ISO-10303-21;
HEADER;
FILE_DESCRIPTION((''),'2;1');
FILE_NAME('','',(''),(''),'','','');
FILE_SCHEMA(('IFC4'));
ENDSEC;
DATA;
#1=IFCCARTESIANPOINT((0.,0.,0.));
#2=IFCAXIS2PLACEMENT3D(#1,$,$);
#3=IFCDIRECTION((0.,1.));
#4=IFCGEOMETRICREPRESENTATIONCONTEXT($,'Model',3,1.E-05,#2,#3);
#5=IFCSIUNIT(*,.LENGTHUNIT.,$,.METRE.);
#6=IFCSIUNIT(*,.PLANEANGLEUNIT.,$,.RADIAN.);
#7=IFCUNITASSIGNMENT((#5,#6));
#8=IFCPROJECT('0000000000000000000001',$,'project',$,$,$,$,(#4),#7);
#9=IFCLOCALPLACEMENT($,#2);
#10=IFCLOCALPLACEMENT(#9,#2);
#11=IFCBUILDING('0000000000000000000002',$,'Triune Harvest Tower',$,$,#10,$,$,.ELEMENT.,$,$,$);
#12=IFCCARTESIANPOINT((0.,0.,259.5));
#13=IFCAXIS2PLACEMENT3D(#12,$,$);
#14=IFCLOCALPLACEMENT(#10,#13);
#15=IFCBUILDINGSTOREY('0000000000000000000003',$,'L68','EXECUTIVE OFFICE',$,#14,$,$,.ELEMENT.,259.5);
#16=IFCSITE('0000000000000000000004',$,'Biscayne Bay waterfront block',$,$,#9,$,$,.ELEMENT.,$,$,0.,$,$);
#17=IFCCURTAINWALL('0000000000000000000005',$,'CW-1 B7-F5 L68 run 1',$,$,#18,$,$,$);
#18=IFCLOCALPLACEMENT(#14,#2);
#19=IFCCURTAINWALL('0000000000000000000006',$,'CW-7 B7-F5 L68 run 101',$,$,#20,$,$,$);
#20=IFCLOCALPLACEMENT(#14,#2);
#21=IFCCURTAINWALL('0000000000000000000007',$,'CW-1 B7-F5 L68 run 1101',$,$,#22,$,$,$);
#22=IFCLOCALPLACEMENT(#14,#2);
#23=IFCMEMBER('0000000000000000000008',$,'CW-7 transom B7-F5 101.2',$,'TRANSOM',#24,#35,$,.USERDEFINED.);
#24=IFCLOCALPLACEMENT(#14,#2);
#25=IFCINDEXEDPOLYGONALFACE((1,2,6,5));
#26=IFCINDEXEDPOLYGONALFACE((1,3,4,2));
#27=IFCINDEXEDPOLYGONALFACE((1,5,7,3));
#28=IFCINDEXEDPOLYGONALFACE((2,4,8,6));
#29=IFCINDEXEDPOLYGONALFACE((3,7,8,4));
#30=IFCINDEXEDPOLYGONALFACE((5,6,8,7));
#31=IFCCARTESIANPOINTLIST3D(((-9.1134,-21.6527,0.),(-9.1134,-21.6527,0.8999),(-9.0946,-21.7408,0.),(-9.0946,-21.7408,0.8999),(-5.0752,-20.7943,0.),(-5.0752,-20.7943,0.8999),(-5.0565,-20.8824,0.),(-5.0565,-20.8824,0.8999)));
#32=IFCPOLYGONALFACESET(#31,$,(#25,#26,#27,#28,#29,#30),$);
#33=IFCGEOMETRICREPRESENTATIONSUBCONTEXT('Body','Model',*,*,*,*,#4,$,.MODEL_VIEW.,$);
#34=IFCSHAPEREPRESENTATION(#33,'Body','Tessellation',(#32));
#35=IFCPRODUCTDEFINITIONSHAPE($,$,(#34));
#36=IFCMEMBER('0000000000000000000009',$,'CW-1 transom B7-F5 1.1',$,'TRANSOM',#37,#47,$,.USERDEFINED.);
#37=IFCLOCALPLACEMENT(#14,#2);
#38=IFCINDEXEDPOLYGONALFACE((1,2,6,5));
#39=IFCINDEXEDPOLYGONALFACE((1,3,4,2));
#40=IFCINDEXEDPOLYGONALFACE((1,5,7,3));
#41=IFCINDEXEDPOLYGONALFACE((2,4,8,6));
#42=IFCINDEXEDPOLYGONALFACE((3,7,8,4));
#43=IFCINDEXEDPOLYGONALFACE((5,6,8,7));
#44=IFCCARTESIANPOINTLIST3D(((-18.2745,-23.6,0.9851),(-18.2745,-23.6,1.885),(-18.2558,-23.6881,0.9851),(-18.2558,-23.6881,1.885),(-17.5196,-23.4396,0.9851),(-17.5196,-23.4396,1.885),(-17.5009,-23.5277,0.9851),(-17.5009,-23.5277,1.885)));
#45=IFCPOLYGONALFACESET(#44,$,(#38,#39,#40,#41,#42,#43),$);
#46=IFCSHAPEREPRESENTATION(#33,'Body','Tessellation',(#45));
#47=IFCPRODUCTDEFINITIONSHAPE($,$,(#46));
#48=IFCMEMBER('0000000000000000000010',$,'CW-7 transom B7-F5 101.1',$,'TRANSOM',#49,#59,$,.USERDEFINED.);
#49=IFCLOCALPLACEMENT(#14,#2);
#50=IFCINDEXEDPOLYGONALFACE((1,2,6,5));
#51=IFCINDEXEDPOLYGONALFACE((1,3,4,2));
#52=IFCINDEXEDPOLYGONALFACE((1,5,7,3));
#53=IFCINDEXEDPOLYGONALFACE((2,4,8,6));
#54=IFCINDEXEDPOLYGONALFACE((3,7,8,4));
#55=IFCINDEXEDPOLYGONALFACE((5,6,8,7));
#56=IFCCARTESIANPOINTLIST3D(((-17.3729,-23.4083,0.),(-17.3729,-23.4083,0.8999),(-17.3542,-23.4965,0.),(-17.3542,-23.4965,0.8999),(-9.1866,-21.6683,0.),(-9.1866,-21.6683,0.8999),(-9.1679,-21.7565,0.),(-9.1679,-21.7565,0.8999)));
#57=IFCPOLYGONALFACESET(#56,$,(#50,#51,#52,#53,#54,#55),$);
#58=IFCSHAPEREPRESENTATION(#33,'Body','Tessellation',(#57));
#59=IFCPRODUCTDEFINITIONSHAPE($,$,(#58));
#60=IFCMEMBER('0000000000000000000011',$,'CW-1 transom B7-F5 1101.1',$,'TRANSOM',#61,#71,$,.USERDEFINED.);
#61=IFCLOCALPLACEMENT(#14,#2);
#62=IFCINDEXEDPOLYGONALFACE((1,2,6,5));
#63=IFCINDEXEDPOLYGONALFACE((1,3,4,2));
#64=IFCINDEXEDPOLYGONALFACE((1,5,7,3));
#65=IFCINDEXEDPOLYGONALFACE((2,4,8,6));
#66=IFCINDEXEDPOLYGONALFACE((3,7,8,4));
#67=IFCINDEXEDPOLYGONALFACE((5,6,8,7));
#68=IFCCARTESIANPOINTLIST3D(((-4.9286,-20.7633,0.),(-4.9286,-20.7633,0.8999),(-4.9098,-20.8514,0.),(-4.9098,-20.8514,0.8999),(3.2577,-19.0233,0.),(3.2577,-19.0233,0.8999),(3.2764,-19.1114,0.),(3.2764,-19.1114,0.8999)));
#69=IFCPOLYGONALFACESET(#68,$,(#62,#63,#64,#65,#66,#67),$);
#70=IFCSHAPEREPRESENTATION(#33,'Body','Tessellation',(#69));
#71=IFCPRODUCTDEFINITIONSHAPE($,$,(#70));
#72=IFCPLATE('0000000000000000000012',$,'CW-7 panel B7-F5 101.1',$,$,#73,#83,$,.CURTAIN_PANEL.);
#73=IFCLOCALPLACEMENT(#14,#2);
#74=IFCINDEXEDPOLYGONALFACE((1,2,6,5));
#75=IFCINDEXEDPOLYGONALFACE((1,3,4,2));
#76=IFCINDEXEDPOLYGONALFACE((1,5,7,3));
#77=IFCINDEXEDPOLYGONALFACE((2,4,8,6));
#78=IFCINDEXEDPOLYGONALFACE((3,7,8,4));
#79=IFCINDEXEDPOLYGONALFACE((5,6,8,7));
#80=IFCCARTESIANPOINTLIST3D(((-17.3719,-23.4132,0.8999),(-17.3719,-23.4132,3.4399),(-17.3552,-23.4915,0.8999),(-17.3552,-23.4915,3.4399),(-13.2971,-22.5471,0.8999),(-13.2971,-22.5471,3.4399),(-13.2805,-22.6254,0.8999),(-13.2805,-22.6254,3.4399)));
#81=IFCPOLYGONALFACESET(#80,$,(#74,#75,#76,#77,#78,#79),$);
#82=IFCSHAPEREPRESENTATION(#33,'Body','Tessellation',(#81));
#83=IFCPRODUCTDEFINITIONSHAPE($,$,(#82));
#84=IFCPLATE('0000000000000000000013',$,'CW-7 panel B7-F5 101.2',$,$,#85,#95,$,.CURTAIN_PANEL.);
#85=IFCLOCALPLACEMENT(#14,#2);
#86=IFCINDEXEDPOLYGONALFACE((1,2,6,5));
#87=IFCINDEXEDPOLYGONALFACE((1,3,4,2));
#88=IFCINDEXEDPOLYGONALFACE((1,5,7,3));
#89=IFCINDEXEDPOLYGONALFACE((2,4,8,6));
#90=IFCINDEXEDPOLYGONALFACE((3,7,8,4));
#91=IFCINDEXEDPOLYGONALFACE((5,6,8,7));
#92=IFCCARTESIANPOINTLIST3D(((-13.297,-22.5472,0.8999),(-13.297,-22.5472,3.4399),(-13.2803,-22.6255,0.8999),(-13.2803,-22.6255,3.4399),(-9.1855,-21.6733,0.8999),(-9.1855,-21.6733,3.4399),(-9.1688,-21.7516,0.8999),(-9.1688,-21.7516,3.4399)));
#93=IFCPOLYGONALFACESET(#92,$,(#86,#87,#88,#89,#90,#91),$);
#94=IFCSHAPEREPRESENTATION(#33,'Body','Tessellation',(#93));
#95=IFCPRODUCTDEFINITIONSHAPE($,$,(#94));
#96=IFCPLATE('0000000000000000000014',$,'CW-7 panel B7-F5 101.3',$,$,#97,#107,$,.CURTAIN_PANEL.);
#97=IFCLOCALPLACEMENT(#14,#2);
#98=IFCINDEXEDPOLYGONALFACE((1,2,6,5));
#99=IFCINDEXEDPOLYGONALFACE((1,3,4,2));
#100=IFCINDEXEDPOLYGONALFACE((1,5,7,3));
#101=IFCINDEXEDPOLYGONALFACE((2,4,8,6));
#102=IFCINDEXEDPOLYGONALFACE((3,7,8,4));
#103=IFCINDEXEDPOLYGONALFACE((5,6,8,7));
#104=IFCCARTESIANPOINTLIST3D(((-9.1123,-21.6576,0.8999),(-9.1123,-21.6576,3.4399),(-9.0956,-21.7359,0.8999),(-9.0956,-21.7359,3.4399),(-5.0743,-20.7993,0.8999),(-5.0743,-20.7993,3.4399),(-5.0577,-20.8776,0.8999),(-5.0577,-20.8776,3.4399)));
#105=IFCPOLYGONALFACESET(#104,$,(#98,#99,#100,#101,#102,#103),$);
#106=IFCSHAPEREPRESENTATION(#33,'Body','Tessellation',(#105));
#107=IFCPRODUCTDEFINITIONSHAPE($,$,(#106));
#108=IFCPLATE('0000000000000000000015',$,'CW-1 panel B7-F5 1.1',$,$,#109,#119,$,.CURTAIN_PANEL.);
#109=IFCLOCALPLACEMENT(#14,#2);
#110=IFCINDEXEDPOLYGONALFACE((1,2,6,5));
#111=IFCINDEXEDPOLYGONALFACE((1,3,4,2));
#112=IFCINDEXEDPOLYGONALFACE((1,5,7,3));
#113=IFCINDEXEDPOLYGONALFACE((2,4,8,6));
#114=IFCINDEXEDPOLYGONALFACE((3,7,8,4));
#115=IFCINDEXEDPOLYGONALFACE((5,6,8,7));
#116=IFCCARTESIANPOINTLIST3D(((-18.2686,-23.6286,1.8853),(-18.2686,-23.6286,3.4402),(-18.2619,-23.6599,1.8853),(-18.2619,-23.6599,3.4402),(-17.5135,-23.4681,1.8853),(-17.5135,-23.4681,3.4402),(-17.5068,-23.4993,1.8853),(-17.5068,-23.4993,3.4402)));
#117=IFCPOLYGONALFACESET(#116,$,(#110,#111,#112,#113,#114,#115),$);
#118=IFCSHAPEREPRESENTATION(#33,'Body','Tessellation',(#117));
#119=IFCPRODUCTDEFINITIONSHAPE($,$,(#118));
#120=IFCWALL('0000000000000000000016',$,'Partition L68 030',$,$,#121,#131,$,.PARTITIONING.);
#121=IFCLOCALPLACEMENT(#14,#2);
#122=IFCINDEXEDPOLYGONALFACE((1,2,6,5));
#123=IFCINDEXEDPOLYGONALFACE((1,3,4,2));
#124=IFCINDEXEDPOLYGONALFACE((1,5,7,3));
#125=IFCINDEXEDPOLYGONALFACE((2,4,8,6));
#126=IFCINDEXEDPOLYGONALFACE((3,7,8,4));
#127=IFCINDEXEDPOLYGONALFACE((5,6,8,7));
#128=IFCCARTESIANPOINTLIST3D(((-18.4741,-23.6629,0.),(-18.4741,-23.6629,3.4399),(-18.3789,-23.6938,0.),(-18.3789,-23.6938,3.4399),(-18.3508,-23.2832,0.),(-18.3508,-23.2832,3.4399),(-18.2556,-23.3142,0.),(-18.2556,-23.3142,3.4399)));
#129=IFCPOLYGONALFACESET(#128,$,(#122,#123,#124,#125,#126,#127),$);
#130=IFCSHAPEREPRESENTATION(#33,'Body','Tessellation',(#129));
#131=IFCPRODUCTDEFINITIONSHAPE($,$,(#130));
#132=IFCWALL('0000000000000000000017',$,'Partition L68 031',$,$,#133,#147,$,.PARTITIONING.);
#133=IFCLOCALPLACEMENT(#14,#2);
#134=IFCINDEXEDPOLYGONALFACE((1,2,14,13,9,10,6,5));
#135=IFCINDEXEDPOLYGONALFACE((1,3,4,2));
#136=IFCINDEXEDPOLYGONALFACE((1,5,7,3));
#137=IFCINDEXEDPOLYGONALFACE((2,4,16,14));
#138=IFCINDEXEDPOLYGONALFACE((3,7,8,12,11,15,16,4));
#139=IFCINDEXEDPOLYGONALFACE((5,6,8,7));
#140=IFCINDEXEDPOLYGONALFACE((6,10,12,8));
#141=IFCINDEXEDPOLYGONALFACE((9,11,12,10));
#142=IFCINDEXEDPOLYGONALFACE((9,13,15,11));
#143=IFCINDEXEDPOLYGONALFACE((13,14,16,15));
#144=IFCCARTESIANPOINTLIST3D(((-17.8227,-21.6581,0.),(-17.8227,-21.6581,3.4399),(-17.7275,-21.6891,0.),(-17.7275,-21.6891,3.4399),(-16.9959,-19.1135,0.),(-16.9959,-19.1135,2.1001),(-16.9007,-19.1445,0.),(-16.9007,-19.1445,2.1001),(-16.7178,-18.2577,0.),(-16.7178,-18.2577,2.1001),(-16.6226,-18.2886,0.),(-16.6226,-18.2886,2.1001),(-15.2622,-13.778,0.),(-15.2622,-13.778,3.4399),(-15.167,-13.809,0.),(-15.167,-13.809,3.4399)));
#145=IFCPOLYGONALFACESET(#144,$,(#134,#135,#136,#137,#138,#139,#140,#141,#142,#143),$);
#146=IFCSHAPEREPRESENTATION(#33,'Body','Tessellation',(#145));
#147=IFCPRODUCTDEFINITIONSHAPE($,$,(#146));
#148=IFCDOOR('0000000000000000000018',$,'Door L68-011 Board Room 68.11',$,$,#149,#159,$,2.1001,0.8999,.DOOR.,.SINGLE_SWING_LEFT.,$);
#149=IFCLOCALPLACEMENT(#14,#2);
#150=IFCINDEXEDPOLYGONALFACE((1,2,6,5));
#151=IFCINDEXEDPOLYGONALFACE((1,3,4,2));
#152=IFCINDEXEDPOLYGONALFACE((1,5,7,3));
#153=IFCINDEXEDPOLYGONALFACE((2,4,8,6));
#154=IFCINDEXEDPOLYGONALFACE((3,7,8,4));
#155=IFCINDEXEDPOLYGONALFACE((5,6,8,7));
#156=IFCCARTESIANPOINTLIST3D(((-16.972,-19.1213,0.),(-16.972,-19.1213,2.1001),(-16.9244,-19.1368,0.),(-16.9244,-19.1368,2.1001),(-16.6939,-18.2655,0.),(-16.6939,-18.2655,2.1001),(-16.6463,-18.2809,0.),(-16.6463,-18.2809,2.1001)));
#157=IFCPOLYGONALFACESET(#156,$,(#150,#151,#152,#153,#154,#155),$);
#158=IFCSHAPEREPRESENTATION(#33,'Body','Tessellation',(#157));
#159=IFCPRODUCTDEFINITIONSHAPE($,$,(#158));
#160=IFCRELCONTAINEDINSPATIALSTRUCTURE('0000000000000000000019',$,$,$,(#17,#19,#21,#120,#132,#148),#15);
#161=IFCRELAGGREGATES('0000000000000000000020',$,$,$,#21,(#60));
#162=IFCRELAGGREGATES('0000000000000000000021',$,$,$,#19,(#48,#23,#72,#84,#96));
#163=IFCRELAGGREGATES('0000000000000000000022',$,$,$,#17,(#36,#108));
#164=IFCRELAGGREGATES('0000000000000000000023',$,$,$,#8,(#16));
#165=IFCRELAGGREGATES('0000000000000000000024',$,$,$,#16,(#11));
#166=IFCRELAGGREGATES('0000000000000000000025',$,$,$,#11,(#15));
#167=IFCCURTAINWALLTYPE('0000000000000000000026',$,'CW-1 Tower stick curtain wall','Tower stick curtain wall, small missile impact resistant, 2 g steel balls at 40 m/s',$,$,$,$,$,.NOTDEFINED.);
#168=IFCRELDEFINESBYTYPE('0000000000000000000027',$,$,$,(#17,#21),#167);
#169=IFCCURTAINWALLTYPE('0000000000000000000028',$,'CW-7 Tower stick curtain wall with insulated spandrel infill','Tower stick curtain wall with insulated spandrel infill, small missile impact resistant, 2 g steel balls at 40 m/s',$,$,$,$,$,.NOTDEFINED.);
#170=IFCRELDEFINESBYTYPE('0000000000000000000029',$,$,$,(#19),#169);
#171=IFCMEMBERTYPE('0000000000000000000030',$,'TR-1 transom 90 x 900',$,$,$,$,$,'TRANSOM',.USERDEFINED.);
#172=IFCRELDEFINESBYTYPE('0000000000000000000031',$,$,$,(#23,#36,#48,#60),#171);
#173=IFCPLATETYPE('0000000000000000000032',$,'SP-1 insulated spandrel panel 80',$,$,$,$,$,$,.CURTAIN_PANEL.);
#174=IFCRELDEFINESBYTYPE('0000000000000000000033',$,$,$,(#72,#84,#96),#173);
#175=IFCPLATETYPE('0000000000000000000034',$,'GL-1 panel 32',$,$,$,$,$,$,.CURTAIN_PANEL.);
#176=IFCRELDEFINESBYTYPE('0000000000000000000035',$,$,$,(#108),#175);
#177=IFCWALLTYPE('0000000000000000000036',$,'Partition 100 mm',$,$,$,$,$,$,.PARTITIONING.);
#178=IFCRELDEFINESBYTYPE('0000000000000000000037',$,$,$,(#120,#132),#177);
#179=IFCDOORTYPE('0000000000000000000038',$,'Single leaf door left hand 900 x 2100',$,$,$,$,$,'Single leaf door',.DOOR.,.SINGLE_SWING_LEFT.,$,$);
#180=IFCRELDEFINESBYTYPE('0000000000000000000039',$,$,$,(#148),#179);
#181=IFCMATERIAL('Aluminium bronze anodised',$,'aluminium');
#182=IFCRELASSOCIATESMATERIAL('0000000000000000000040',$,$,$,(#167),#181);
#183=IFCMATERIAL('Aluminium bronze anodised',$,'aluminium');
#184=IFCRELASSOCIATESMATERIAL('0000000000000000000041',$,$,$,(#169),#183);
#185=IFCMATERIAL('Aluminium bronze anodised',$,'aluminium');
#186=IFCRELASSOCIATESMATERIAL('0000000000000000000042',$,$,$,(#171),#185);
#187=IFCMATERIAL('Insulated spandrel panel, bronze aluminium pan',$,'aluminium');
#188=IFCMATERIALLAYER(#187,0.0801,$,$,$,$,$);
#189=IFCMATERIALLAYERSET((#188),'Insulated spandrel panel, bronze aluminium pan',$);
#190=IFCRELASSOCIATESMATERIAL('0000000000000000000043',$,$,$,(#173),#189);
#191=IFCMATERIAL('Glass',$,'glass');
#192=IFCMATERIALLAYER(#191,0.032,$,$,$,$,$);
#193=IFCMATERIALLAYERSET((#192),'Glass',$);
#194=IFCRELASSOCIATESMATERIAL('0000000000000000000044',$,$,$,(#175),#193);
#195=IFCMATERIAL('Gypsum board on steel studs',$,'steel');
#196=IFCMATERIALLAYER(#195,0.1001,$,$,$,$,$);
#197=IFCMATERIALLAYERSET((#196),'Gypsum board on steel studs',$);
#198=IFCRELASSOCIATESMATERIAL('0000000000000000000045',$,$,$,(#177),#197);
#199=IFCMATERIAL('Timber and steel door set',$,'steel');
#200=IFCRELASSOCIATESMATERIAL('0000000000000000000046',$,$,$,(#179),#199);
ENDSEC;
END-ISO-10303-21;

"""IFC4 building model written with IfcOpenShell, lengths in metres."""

from ifc_helpers import new_model, si_unit, direction, frame, frame_2d, origin, origin_2d, place, context, subcontext, project, spatial, rectangle, extrude, source, transform, mapped, material, layer, layer_set, material_profile, profile_set, type_object, element, fill, aggregate, save


model = new_model("IFC4")

# Units and contexts
model_context = context("Model", 3, precision=1e-05, world=origin(), true_north=direction((0.0, 1.0)))
body_context = subcontext(model_context, "Body", "Model", "MODEL_VIEW")
ifc_project = project(units=[si_unit("LENGTHUNIT", "METRE"), si_unit("PLANEANGLEUNIT", "RADIAN")], contexts=[model_context])

# Site, building, storey
site_placement = place(None, origin())
site = spatial("IfcSite", under=ifc_project, at=site_placement, Name="Biscayne Bay waterfront block", CompositionType="ELEMENT", RefElevation=0.0)
building_placement = place(site_placement, origin())
building = spatial("IfcBuilding", under=site, at=building_placement, Name="Triune Harvest Tower", CompositionType="ELEMENT")
storey_placement = place(building_placement, frame((0.0, 0.0, 259.5)))
storey = spatial("IfcBuildingStorey", under=building, at=storey_placement, Name="L68", Description="EXECUTIVE OFFICE", CompositionType="ELEMENT", Elevation=259.5)

# Curtain wall
ifc_material_1 = material(Name="Aluminium bronze anodised", Category="aluminium")
curtain_wall_type_1 = type_object("IfcCurtainWallType", Name="CW-1 Tower stick curtain wall", Description="Tower stick curtain wall, small missile impact resistant, 2 g steel balls at 40 m/s", PredefinedType="NOTDEFINED", material=ifc_material_1)
curtain_wall_1_placement = place(storey_placement, origin())
curtain_wall_1 = element("IfcCurtainWall", 1, at=curtain_wall_1_placement, inside=storey, type_object=curtain_wall_type_1, Name="CW-1 B7-F5 L68 run 1")

# Curtain wall
ifc_material_2 = material(Name="Aluminium bronze anodised", Category="aluminium")
curtain_wall_type_2 = type_object("IfcCurtainWallType", Name="CW-7 Tower stick curtain wall with insulated spandrel infill", Description="Tower stick curtain wall with insulated spandrel infill, small missile impact resistant, 2 g steel balls at 40 m/s", PredefinedType="NOTDEFINED", material=ifc_material_2)
curtain_wall_2_placement = place(storey_placement, origin())
curtain_wall_2 = element("IfcCurtainWall", 2, at=curtain_wall_2_placement, inside=storey, type_object=curtain_wall_type_2, Name="CW-7 B7-F5 L68 run 101")

# Curtain wall
curtain_wall_3_placement = place(storey_placement, origin())
curtain_wall_3 = element("IfcCurtainWall", 3, at=curtain_wall_3_placement, inside=storey, type_object=curtain_wall_type_1, Name="CW-1 B7-F5 L68 run 1101")

# Members
ifc_material_3 = material(Name="Aluminium bronze anodised", Category="aluminium")
ifc_material_profile_1 = material_profile(ifc_material_3, rectangle(XDim=0.0901, YDim=0.8999, at=origin_2d()), Name="TR-1 transom 90 x 900")
ifc_profile_set_1 = profile_set([ifc_material_profile_1], Name="Aluminium bronze anodised")
member_type_1 = type_object("IfcMemberType", Name="TR-1 transom 90 x 900", ElementType="TRANSOM", PredefinedType="USERDEFINED", material=ifc_profile_set_1)
shared_shape_1 = source(origin(), body_context, "Body", "SweptSolid", [
    extrude(rectangle(XDim=0.0901, YDim=0.8999, at=origin_2d()), origin(), (0.0, 0.0, 1.0), 4.1284),
])
member_1_placement = place(storey_placement, frame((-9.104, -21.6968, 0.45), z_axis=(0.978144, 0.207929, 0.0), x_axis=(-0.207929, 0.978144, 0.0)))
member_1 = element("IfcMember", 4, at=member_1_placement, type_object=member_type_1, Name="CW-7 transom B7-F5 101.2", ObjectType="TRANSOM", PredefinedType="USERDEFINED", context=body_context, shape_type="MappedRepresentation", body=[
    mapped(shared_shape_1, transform((0.0, 0.0, 0.0), scale=1.0)),
])
shared_shape_2 = source(origin(), body_context, "Body", "SweptSolid", [
    extrude(rectangle(XDim=0.0901, YDim=0.8999, at=origin_2d()), origin(), (0.0, 0.0, 1.0), 0.7717),
])
member_2_placement = place(storey_placement, frame((-18.2651, -23.644, 1.4351), z_axis=(0.978162, 0.207844, 0.0), x_axis=(-0.207844, 0.978162, 0.0)))
member_2 = element("IfcMember", 5, at=member_2_placement, type_object=member_type_1, Name="CW-1 transom B7-F5 1.1", ObjectType="TRANSOM", PredefinedType="USERDEFINED", context=body_context, shape_type="MappedRepresentation", body=[
    mapped(shared_shape_2, transform((0.0, 0.0, 0.0), scale=1.0)),
])
shared_shape_3 = source(origin(), body_context, "Body", "SweptSolid", [
    extrude(rectangle(XDim=0.0901, YDim=0.8999, at=origin_2d()), origin(), (0.0, 0.0, 1.0), 8.3691),
])
member_3_placement = place(storey_placement, frame((-17.3635, -23.4524, 0.45), z_axis=(0.978149, 0.207905, 0.0), x_axis=(-0.207905, 0.978149, 0.0)))
member_3 = element("IfcMember", 6, at=member_3_placement, type_object=member_type_1, Name="CW-7 transom B7-F5 101.1", ObjectType="TRANSOM", PredefinedType="USERDEFINED", context=body_context, shape_type="MappedRepresentation", body=[
    mapped(shared_shape_3, transform((0.0, 0.0, 0.0), scale=1.0)),
])
member_4_placement = place(storey_placement, frame((-4.9192, -20.8074, 0.45), z_axis=(0.978149, 0.207905, 0.0), x_axis=(-0.207905, 0.978149, 0.0)))
member_4 = element("IfcMember", 7, at=member_4_placement, type_object=member_type_1, Name="CW-1 transom B7-F5 1101.1", ObjectType="TRANSOM", PredefinedType="USERDEFINED", context=body_context, shape_type="MappedRepresentation", body=[
    mapped(shared_shape_3, transform((0.0, 0.0, 0.0), scale=1.0)),
])
aggregate(curtain_wall_3, [member_4])

# Plates
ifc_material_4 = material(Name="Insulated spandrel panel, bronze aluminium pan", Category="aluminium")
ifc_layer_1 = layer(ifc_material_4, 0.0801)
ifc_layer_set_1 = layer_set([ifc_layer_1], Name="Insulated spandrel panel, bronze aluminium pan")
plate_type_1 = type_object("IfcPlateType", Name="SP-1 insulated spandrel panel 80", PredefinedType="CURTAIN_PANEL", material=ifc_layer_set_1)
shared_shape_4 = source(origin(), body_context, "Body", "SweptSolid", [
    extrude(rectangle(XDim=4.1658, YDim=0.0801, at=origin_2d()), origin(), (0.0, 0.0, 1.0), 2.54),
])
plate_1_placement = place(storey_placement, frame((-15.3262, -23.0193, 0.8999), z_axis=(0.0, 0.0, 1.0), x_axis=(0.978148, 0.20791, 0.0)))
plate_1 = element("IfcPlate", 8, at=plate_1_placement, type_object=plate_type_1, Name="CW-7 panel B7-F5 101.1", PredefinedType="CURTAIN_PANEL", context=body_context, shape_type="MappedRepresentation", body=[
    mapped(shared_shape_4, transform((0.0, 0.0, 0.0), scale=1.0)),
])
shared_shape_5 = source(origin(), body_context, "Body", "SweptSolid", [
    extrude(rectangle(XDim=4.2034, YDim=0.0801, at=origin_2d()), origin(), (0.0, 0.0, 1.0), 2.54),
])
plate_2_placement = place(storey_placement, frame((-11.2329, -22.1494, 0.8999), z_axis=(0.0, 0.0, 1.0), x_axis=(0.978148, 0.20791, 0.0)))
plate_2 = element("IfcPlate", 9, at=plate_2_placement, type_object=plate_type_1, Name="CW-7 panel B7-F5 101.2", PredefinedType="CURTAIN_PANEL", context=body_context, shape_type="MappedRepresentation", body=[
    mapped(shared_shape_5, transform((0.0, 0.0, 0.0), scale=1.0)),
])
shared_shape_6 = source(origin(), body_context, "Body", "SweptSolid", [
    extrude(rectangle(XDim=4.1282, YDim=0.0801, at=origin_2d()), origin(), (0.0, 0.0, 1.0), 2.54),
])
plate_3_placement = place(storey_placement, frame((-7.085, -21.2676, 0.8999), z_axis=(0.0, 0.0, 1.0), x_axis=(0.978148, 0.20791, 0.0)))
plate_3 = element("IfcPlate", 10, at=plate_3_placement, type_object=plate_type_1, Name="CW-7 panel B7-F5 101.3", PredefinedType="CURTAIN_PANEL", context=body_context, shape_type="MappedRepresentation", body=[
    mapped(shared_shape_6, transform((0.0, 0.0, 0.0), scale=1.0)),
])
aggregate(curtain_wall_2, [member_3, member_1, plate_1, plate_2, plate_3])
ifc_material_5 = material(Name="Glass", Category="glass")
ifc_layer_2 = layer(ifc_material_5, 0.032)
ifc_layer_set_2 = layer_set([ifc_layer_2], Name="Glass")
plate_type_2 = type_object("IfcPlateType", Name="GL-1 panel 32", PredefinedType="CURTAIN_PANEL", material=ifc_layer_set_2)
shared_shape_7 = source(origin(), body_context, "Body", "SweptSolid", [
    extrude(rectangle(XDim=0.772, YDim=0.032, at=origin_2d()), origin(), (0.0, 0.0, 1.0), 1.5549),
])
plate_4_placement = place(storey_placement, frame((-17.8877, -23.564, 1.8853), z_axis=(0.0, 0.0, 1.0), x_axis=(0.978139, 0.207951, 0.0)))
plate_4 = element("IfcPlate", 11, at=plate_4_placement, type_object=plate_type_2, Name="CW-1 panel B7-F5 1.1", PredefinedType="CURTAIN_PANEL", context=body_context, shape_type="MappedRepresentation", body=[
    mapped(shared_shape_7, transform((0.0, 0.0, 0.0), scale=1.0)),
])
aggregate(curtain_wall_1, [member_2, plate_4])

# Wall
ifc_material_6 = material(Name="Gypsum board on steel studs", Category="steel")
ifc_layer_3 = layer(ifc_material_6, 0.1001)
ifc_layer_set_3 = layer_set([ifc_layer_3], Name="Gypsum board on steel studs")
wall_type = type_object("IfcWallType", Name="Partition 100 mm", PredefinedType="PARTITIONING", material=ifc_layer_set_3)
shared_shape_8 = source(origin(), body_context, "Body", "SweptSolid", [
    extrude(rectangle(XDim=0.3992, YDim=0.1001, at=frame_2d((0.1997, 0.0))), origin(), (0.0, 0.0, 1.0), 3.4399),
])
wall_1_placement = place(storey_placement, frame((-18.4265, -23.6785, 0.0), z_axis=(0.0, 0.0, 1.0), x_axis=(0.308879, 0.951101, 0.0)))
element("IfcWall", 12, at=wall_1_placement, inside=storey, type_object=wall_type, Name="Partition L68 030", PredefinedType="PARTITIONING", context=body_context, shape_type="MappedRepresentation", body=[
    mapped(shared_shape_8, transform((0.0, 0.0, 0.0), scale=1.0)),
])

# Wall, opening, door
shared_shape_9 = source(origin(), body_context, "Body", "SweptSolid", [
    extrude(rectangle(XDim=8.2856, YDim=0.1001, at=frame_2d((4.1428, 0.0))), origin(), (0.0, 0.0, 1.0), 3.4399),
])
wall_2_placement = place(storey_placement, frame((-17.7751, -21.6736, 0.0), z_axis=(0.0, 0.0, 1.0), x_axis=(0.309032, 0.951052, 0.0)))
wall_2 = element("IfcWall", 13, at=wall_2_placement, inside=storey, type_object=wall_type, Name="Partition L68 031", PredefinedType="PARTITIONING", context=body_context, shape_type="MappedRepresentation", body=[
    mapped(shared_shape_9, transform((0.0, 0.0, 0.0), scale=1.0)),
])
opening_placement = place(wall_2_placement, frame((2.6755, 0.0, 0.0)))
opening = element("IfcOpeningElement", 14, at=opening_placement, cuts=wall_2, PredefinedType="OPENING", context=body_context, shape_type="SweptSolid", body=[
    extrude(rectangle(XDim=0.8999, YDim=2.1001, at=frame_2d((0.45, 1.05))), frame((0.0, 0.0601, 0.0), z_axis=(0.0, -1.0, 0.0), x_axis=(1.0, 0.0, 0.0)), (0.0, 0.0, 1.0), 0.1201),
])
ifc_material_7 = material(Name="Timber and steel door set", Category="steel")
door_type = type_object("IfcDoorType", Name="Single leaf door left hand 900 x 2100", ElementType="Single leaf door", OperationType="SINGLE_SWING_LEFT", PredefinedType="DOOR", material=ifc_material_7)
door_placement = place(opening_placement, origin())
door = element("IfcDoor", 15, at=door_placement, inside=storey, type_object=door_type, Name="Door L68-011 Board Room 68.11", OperationType="SINGLE_SWING_LEFT", OverallHeight=2.1001, OverallWidth=0.8999, PredefinedType="DOOR", context=body_context, shape_type="SweptSolid", body=[
    extrude(rectangle(XDim=0.8999, YDim=2.1001, at=frame_2d((0.45, 1.05))), frame((0.0, 0.0249, 0.0), z_axis=(0.0, -1.0, 0.0), x_axis=(1.0, 0.0, 0.0)), (0.0, 0.0, 1.0), 0.05),
])
fill(opening, door)

save(model, "model.ifc")
